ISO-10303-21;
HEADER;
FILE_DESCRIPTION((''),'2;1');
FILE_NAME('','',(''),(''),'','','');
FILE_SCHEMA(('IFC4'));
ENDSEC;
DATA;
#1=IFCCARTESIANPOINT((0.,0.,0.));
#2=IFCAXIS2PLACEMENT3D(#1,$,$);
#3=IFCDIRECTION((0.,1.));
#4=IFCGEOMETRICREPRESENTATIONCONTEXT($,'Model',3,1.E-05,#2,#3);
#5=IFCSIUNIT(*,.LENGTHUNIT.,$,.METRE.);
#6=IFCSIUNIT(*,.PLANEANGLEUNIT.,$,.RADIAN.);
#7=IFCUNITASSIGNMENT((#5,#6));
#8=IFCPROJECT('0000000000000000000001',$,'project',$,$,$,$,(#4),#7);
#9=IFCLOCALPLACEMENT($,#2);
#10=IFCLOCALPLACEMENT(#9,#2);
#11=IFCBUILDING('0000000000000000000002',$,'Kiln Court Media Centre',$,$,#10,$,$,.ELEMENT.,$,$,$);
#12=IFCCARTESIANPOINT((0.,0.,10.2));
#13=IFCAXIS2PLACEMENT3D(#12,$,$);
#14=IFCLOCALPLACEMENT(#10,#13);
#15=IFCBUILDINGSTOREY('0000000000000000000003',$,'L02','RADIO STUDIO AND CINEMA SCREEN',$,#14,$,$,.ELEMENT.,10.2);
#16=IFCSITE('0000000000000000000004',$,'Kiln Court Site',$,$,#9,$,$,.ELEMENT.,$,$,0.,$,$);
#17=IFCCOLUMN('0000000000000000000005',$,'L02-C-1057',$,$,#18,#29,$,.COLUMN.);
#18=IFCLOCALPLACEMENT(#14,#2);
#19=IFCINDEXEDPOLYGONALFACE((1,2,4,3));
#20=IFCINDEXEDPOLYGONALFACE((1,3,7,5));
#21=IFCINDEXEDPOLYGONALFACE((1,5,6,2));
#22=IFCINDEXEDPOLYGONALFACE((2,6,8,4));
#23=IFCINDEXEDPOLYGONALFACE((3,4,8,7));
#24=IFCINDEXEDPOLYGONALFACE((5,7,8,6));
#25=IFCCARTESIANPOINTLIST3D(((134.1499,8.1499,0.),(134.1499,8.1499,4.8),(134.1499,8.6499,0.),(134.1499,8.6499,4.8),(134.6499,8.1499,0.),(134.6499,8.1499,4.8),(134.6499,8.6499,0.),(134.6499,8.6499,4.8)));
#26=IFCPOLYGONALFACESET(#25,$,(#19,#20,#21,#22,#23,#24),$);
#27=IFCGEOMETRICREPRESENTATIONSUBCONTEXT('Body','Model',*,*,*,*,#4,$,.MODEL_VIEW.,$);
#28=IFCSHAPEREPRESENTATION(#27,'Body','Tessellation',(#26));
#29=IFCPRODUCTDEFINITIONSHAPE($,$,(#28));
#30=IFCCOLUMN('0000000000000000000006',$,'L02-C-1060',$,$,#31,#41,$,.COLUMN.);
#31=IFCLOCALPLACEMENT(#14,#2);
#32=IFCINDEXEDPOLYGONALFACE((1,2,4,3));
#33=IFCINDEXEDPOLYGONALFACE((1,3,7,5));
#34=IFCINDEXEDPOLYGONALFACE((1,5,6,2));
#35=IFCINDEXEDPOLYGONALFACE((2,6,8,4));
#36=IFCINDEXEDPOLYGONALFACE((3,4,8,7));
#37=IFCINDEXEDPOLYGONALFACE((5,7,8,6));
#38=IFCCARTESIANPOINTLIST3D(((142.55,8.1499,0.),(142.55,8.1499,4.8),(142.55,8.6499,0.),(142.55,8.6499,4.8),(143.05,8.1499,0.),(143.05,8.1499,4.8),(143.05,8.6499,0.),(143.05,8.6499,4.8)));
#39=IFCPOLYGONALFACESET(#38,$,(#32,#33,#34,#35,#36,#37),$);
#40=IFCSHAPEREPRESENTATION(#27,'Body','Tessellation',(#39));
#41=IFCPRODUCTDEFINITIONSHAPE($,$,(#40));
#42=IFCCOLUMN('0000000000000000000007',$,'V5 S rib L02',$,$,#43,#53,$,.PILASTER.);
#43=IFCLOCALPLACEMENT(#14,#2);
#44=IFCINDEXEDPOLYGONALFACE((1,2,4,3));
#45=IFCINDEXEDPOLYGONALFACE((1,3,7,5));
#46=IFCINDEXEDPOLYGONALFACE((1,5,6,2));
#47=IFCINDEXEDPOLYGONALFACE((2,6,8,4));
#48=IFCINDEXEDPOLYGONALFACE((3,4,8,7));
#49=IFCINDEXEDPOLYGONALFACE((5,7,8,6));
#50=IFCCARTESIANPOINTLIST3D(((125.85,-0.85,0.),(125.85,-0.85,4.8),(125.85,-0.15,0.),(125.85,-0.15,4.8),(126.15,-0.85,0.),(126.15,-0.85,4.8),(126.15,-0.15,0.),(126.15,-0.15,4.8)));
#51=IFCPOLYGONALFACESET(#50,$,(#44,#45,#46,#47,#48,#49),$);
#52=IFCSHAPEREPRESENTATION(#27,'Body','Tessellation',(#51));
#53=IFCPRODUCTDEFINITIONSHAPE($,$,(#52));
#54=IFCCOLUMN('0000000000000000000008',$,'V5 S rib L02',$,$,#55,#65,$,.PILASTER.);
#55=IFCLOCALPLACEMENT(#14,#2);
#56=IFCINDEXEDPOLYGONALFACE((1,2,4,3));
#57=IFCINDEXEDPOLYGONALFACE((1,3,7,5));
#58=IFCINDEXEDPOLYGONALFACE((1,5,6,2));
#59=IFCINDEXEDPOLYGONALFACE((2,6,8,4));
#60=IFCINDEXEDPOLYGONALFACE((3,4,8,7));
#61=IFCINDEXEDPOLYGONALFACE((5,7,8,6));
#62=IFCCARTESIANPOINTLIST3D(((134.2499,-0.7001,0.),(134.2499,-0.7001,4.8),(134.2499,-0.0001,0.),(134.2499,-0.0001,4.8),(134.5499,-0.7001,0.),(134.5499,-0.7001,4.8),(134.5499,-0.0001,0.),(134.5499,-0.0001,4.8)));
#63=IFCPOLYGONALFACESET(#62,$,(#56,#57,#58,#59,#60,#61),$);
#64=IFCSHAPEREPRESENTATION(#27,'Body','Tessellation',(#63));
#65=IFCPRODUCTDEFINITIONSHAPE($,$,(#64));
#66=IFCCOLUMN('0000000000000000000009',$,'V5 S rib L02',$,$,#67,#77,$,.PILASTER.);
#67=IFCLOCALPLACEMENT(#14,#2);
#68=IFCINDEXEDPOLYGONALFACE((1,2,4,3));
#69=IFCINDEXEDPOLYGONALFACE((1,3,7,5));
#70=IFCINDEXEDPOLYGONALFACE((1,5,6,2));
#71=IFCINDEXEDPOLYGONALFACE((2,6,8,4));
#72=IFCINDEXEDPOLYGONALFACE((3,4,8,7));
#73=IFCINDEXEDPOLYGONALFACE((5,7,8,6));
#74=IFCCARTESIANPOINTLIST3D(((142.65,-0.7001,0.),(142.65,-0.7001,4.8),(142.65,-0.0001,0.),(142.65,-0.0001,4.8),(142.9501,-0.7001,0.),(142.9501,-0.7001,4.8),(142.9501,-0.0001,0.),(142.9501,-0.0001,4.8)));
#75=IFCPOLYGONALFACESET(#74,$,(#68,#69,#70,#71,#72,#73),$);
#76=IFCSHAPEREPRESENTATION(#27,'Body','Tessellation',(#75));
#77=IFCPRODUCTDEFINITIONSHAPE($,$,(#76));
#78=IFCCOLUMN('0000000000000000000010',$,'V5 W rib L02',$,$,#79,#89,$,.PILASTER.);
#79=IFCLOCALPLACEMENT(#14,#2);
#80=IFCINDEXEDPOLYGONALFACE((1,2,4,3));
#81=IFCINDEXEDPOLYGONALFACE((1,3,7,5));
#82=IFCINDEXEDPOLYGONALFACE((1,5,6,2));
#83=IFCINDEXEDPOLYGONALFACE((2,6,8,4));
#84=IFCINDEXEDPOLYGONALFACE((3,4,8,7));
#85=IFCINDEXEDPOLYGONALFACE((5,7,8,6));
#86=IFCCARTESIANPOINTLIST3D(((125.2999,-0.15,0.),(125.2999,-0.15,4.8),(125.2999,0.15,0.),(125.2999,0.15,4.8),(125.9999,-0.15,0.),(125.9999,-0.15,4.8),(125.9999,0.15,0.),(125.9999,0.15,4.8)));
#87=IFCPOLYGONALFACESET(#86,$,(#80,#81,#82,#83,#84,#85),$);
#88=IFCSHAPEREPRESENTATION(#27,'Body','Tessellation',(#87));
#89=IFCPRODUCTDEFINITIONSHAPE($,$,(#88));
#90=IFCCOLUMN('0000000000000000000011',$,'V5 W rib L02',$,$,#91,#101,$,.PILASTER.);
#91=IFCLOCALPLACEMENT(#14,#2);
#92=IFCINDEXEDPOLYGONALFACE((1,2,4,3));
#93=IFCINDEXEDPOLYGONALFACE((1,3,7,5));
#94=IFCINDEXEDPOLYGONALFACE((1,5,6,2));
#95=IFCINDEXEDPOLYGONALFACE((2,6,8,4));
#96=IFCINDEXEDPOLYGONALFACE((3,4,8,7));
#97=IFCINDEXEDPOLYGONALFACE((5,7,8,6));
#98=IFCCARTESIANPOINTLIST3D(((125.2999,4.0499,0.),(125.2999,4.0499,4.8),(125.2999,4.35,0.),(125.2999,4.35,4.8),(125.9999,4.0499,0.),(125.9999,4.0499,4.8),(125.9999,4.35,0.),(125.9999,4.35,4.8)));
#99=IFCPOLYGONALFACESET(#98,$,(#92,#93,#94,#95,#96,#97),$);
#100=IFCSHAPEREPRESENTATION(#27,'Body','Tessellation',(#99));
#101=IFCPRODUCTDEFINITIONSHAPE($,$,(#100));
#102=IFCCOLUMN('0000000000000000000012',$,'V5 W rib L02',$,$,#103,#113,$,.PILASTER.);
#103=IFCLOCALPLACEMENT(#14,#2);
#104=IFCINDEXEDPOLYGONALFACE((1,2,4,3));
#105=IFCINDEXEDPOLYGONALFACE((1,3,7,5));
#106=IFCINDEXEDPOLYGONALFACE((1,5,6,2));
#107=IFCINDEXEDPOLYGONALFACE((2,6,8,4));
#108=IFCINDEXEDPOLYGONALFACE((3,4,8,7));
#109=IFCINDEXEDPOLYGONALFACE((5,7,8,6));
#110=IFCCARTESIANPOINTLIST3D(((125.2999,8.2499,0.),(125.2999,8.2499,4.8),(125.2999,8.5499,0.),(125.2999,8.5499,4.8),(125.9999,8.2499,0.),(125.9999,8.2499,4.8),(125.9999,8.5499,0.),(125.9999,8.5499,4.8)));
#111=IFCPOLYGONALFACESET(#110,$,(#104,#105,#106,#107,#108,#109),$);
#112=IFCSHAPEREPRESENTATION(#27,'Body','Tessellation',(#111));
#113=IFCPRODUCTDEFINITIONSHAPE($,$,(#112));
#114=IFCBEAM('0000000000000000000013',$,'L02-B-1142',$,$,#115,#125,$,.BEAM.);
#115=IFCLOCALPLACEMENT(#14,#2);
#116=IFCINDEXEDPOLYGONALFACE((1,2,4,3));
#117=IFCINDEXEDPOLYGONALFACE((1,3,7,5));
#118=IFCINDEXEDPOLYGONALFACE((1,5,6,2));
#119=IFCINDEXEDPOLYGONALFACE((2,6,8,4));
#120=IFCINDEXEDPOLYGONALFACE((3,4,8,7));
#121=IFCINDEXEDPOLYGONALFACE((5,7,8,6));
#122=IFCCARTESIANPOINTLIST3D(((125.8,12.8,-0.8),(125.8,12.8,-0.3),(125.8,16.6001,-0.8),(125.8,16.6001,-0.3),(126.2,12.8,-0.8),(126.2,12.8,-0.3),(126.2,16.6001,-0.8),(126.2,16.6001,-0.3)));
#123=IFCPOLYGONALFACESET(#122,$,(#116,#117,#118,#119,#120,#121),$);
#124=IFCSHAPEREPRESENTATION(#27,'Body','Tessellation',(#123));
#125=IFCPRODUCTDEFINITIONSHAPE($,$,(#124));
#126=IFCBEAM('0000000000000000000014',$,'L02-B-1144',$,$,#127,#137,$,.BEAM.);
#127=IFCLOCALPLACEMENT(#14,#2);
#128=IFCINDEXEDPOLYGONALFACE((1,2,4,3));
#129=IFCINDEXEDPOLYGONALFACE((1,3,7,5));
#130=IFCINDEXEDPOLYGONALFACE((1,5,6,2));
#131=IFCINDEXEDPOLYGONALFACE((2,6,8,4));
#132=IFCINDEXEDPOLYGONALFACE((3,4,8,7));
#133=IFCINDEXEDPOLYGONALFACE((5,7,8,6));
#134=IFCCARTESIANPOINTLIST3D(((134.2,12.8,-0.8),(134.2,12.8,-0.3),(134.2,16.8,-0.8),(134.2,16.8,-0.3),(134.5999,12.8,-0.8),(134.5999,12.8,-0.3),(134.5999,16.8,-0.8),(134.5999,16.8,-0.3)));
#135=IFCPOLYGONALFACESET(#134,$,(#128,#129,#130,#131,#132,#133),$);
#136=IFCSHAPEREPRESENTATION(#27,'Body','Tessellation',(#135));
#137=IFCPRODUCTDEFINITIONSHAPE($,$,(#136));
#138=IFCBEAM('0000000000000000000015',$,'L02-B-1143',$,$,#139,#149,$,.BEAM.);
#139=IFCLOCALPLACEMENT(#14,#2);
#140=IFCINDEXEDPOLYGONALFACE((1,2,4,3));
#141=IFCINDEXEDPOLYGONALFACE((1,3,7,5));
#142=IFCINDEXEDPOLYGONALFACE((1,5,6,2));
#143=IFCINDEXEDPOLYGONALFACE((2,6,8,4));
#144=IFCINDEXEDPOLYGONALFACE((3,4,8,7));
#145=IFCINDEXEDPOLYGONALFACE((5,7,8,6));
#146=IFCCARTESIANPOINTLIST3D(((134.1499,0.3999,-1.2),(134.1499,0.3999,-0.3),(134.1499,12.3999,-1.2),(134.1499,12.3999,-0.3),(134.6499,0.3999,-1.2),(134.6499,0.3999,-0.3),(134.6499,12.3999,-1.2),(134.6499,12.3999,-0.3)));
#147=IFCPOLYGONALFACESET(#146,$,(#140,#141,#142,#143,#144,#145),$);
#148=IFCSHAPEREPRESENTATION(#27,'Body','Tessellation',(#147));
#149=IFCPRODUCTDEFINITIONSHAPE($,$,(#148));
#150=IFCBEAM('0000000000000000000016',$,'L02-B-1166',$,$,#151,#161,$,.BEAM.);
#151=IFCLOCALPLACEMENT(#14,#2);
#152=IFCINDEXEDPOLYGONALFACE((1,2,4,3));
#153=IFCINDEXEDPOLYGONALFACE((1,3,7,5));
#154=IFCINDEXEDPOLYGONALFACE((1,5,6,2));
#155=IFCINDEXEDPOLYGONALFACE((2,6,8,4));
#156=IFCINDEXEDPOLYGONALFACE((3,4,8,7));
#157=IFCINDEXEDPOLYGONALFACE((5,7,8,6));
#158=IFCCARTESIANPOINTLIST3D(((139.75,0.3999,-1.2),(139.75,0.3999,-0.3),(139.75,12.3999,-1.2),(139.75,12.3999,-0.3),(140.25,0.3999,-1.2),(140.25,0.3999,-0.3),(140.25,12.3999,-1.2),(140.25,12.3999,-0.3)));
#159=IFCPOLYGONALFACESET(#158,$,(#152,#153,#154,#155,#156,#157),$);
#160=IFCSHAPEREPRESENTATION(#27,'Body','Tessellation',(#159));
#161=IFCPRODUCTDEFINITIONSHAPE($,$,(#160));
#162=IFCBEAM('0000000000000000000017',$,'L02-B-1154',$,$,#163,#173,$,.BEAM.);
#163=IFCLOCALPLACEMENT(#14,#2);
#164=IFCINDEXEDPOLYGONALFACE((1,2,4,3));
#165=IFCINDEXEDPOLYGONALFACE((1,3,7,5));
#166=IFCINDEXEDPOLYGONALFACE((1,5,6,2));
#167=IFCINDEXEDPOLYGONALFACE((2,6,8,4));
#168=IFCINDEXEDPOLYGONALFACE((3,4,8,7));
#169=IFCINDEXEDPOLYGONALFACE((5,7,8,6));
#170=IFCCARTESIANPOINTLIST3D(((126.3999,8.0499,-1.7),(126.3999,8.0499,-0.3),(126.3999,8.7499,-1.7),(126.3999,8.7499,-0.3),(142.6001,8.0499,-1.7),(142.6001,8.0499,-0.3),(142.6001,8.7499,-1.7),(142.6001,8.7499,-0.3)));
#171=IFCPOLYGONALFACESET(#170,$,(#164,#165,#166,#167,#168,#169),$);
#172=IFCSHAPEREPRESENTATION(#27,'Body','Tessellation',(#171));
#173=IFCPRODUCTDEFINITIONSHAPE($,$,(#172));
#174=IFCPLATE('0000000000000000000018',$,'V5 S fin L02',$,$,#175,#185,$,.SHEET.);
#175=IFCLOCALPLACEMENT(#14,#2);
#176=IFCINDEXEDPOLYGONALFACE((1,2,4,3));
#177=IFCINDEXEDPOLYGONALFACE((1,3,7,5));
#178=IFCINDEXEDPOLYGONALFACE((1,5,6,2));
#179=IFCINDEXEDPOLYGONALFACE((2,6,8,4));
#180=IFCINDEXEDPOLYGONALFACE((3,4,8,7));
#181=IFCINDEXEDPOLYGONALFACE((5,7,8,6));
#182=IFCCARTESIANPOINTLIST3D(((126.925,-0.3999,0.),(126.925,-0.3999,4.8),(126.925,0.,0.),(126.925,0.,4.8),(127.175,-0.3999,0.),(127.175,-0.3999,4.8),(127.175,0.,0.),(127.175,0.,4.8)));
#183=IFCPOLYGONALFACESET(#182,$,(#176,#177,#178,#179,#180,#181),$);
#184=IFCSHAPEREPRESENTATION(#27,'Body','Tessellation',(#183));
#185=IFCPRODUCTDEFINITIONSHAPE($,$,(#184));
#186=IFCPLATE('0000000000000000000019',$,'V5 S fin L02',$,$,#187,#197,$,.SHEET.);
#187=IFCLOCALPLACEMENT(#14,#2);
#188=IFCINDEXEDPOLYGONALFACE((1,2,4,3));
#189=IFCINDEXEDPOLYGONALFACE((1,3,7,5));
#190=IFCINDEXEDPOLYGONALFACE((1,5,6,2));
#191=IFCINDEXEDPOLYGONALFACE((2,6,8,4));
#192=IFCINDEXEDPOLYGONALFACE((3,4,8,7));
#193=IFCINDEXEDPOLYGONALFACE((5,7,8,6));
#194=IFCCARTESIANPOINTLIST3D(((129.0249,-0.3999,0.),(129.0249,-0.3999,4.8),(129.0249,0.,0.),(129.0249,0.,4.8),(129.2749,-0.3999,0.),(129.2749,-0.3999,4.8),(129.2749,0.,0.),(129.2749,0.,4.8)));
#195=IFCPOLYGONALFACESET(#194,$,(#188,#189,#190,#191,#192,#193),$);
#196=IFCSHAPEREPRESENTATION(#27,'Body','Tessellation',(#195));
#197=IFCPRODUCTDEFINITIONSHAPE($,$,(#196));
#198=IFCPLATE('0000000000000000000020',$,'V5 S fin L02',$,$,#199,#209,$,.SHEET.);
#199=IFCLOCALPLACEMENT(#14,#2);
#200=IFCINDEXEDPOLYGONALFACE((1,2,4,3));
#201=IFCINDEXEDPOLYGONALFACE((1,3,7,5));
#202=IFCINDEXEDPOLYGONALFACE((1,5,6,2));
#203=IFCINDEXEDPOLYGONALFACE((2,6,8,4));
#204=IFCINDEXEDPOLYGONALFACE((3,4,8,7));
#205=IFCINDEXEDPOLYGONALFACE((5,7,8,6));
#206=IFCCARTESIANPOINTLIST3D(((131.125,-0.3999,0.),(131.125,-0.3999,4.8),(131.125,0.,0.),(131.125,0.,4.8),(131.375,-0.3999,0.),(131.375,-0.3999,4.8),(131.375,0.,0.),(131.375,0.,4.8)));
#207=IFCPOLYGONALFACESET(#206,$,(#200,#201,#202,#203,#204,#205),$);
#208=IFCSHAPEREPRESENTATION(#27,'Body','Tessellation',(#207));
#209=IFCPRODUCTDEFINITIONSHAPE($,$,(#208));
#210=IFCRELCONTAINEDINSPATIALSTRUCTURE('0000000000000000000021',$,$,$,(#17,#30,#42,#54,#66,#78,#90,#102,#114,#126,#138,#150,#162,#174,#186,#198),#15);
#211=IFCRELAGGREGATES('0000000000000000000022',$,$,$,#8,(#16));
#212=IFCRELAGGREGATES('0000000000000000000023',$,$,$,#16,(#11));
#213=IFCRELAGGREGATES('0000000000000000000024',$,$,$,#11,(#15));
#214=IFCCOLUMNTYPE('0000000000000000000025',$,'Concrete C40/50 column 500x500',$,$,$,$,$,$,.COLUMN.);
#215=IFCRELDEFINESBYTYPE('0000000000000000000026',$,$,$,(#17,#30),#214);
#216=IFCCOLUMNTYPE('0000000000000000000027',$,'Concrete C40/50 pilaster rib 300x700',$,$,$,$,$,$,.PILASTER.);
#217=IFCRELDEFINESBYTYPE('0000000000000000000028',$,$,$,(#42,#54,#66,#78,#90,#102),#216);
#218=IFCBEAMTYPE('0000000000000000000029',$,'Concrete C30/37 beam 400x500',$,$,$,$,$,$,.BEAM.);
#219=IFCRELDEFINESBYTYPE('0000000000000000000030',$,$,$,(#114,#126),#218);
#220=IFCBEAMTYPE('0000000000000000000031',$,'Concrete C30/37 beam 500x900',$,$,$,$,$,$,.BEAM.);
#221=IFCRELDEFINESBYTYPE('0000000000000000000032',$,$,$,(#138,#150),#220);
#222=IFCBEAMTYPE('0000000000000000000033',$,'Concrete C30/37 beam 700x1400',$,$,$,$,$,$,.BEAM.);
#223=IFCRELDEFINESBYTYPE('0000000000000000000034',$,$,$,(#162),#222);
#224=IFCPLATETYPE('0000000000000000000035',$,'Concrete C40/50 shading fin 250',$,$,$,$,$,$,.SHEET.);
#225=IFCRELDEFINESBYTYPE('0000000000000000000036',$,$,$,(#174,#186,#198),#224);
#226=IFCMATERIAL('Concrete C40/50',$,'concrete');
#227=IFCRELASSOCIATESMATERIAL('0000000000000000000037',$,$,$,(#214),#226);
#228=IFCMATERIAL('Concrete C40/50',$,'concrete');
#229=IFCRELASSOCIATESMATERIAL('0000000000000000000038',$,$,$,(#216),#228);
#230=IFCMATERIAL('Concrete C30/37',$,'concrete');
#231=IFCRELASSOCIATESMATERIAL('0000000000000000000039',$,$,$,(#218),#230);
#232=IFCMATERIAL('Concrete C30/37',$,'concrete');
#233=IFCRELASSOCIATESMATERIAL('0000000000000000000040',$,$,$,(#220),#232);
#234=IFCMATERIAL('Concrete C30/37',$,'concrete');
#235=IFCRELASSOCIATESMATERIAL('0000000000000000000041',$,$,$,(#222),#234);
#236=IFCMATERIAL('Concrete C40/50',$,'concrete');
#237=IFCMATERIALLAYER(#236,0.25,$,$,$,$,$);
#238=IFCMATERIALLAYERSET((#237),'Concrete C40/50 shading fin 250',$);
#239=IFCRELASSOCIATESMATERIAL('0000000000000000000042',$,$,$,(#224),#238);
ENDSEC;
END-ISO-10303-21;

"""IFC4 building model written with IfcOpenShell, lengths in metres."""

from ifc_helpers import new_model, si_unit, direction, frame, origin, origin_2d, place, context, subcontext, project, spatial, rectangle, extrude, material, layer, layer_set, material_profile, profile_set, type_object, element, save


model = new_model("IFC4")

# Units and contexts
model_context = context("Model", 3, precision=1e-05, world=origin(), true_north=direction((0.0, 1.0)))
body_context = subcontext(model_context, "Body", "Model", "MODEL_VIEW")
ifc_project = project(units=[si_unit("LENGTHUNIT", "METRE"), si_unit("PLANEANGLEUNIT", "RADIAN")], contexts=[model_context])

# Site, building, storey
site_placement = place(None, origin())
site = spatial("IfcSite", under=ifc_project, at=site_placement, Name="Kiln Court Site", CompositionType="ELEMENT", RefElevation=0.0)
building_placement = place(site_placement, origin())
building = spatial("IfcBuilding", under=site, at=building_placement, Name="Kiln Court Media Centre", CompositionType="ELEMENT")
storey_placement = place(building_placement, frame((0.0, 0.0, 10.2)))
storey = spatial("IfcBuildingStorey", under=building, at=storey_placement, Name="L02", Description="RADIO STUDIO AND CINEMA SCREEN", CompositionType="ELEMENT", Elevation=10.2)

# Columns
ifc_material_1 = material(Name="Concrete C40/50", Category="concrete")
ifc_material_profile_1 = material_profile(ifc_material_1, rectangle(XDim=0.5, YDim=0.5, at=origin_2d()), Name="RC 500x500")
ifc_profile_set_1 = profile_set([ifc_material_profile_1], Name="Concrete C40/50")
column_type_1 = type_object("IfcColumnType", Name="Concrete C40/50 column 500x500", PredefinedType="COLUMN", material=ifc_profile_set_1)
for number, where, z_axis, x_axis, name in (
    (1, (134.3999, 8.3999, 0.0), (0.0, 0.0, 1.0), (1.0, 0.0, 0.0), "L02-C-1057"),
    (2, (142.8, 8.3999, 0.0), (0.0, 0.0, 1.0), (1.0, 0.0, 0.0), "L02-C-1060"),
):
    element("IfcColumn", number, at=place(storey_placement, frame(where, z_axis=z_axis, x_axis=x_axis)), inside=storey, type_object=column_type_1, Name=name, PredefinedType="COLUMN", context=body_context, shape_type="SweptSolid", body=[
        extrude(rectangle(XDim=0.5, YDim=0.5, at=origin_2d()), origin(), (0.0, 0.0, 1.0), 4.8),
    ])
ifc_material_2 = material(Name="Concrete C40/50", Category="concrete")
ifc_material_profile_2 = material_profile(ifc_material_2, rectangle(XDim=0.3, YDim=0.7, at=origin_2d()), Name="RC 300x700")
ifc_profile_set_2 = profile_set([ifc_material_profile_2], Name="Concrete C40/50")
column_type_2 = type_object("IfcColumnType", Name="Concrete C40/50 pilaster rib 300x700", PredefinedType="PILASTER", material=ifc_profile_set_2)
for number, where, z_axis, x_axis, name in (
    (3, (126.0, -0.5, 0.0), (0.0, 0.0, 1.0), (1.0, 0.0, 0.0), "V5 S rib L02"),
    (4, (134.3999, -0.3501, 0.0), (0.0, 0.0, 1.0), (1.0, 0.0, 0.0), "V5 S rib L02"),
    (5, (142.8, -0.3501, 0.0), (0.0, 0.0, 1.0), (1.0, 0.0, 0.0), "V5 S rib L02"),
    (6, (125.6499, 0.0, 0.0), (0.0, 0.0, 1.0), (0.0, 1.0, 0.0), "V5 W rib L02"),
    (7, (125.6499, 4.2, 0.0), (0.0, 0.0, 1.0), (0.0, 1.0, 0.0), "V5 W rib L02"),
    (8, (125.6499, 8.3999, 0.0), (0.0, 0.0, 1.0), (0.0, 1.0, 0.0), "V5 W rib L02"),
):
    element("IfcColumn", number, at=place(storey_placement, frame(where, z_axis=z_axis, x_axis=x_axis)), inside=storey, type_object=column_type_2, Name=name, PredefinedType="PILASTER", context=body_context, shape_type="SweptSolid", body=[
        extrude(rectangle(XDim=0.3, YDim=0.7, at=origin_2d()), origin(), (0.0, 0.0, 1.0), 4.8),
    ])

# Beams
ifc_material_3 = material(Name="Concrete C30/37", Category="concrete")
ifc_material_profile_3 = material_profile(ifc_material_3, rectangle(XDim=0.3999, YDim=0.5, at=origin_2d()), Name="RC 400x500")
ifc_profile_set_3 = profile_set([ifc_material_profile_3], Name="Concrete C30/37")
beam_type_1 = type_object("IfcBeamType", Name="Concrete C30/37 beam 400x500", PredefinedType="BEAM", material=ifc_profile_set_3)
beam_1_placement = place(storey_placement, frame((126.0, 12.8, -0.55), z_axis=(0.0, 1.0, 0.0), x_axis=(-1.0, 0.0, 0.0)))
element("IfcBeam", 9, at=beam_1_placement, inside=storey, type_object=beam_type_1, Name="L02-B-1142", PredefinedType="BEAM", context=body_context, shape_type="SweptSolid", body=[
    extrude(rectangle(XDim=0.3999, YDim=0.5, at=origin_2d()), origin(), (0.0, 0.0, 1.0), 3.8),
])
beam_2_placement = place(storey_placement, frame((134.3999, 12.8, -0.55), z_axis=(0.0, 1.0, 0.0), x_axis=(-1.0, 0.0, 0.0)))
element("IfcBeam", 10, at=beam_2_placement, inside=storey, type_object=beam_type_1, Name="L02-B-1144", PredefinedType="BEAM", context=body_context, shape_type="SweptSolid", body=[
    extrude(rectangle(XDim=0.3999, YDim=0.5, at=origin_2d()), origin(), (0.0, 0.0, 1.0), 4.0),
])
ifc_material_4 = material(Name="Concrete C30/37", Category="concrete")
ifc_material_profile_4 = material_profile(ifc_material_4, rectangle(XDim=0.5, YDim=0.8999, at=origin_2d()), Name="RC 500x900")
ifc_profile_set_4 = profile_set([ifc_material_profile_4], Name="Concrete C30/37")
beam_type_2 = type_object("IfcBeamType", Name="Concrete C30/37 beam 500x900", PredefinedType="BEAM", material=ifc_profile_set_4)
for number, where, z_axis, x_axis, name in (
    (11, (134.3999, 0.3999, -0.75), (0.0, 1.0, 0.0), (-1.0, 0.0, 0.0), "L02-B-1143"),
    (12, (140.0, 12.3999, -0.75), (0.0, -1.0, 0.0), (1.0, 0.0, 0.0), "L02-B-1166"),
):
    element("IfcBeam", number, at=place(storey_placement, frame(where, z_axis=z_axis, x_axis=x_axis)), inside=storey, type_object=beam_type_2, Name=name, PredefinedType="BEAM", context=body_context, shape_type="SweptSolid", body=[
        extrude(rectangle(XDim=0.5, YDim=0.8999, at=origin_2d()), origin(), (0.0, 0.0, 1.0), 12.0),
    ])
ifc_material_5 = material(Name="Concrete C30/37", Category="concrete")
ifc_material_profile_5 = material_profile(ifc_material_5, rectangle(XDim=0.7, YDim=1.3999, at=origin_2d()), Name="RC 700x1400")
ifc_profile_set_5 = profile_set([ifc_material_profile_5], Name="Concrete C30/37")
beam_type_3 = type_object("IfcBeamType", Name="Concrete C30/37 beam 700x1400", PredefinedType="BEAM", material=ifc_profile_set_5)
beam_3_placement = place(storey_placement, frame((126.3999, 8.3999, -1.0), z_axis=(1.0, 0.0, 0.0), x_axis=(0.0, 1.0, 0.0)))
element("IfcBeam", 13, at=beam_3_placement, inside=storey, type_object=beam_type_3, Name="L02-B-1154", PredefinedType="BEAM", context=body_context, shape_type="SweptSolid", body=[
    extrude(rectangle(XDim=0.7, YDim=1.3999, at=origin_2d()), origin(), (0.0, 0.0, 1.0), 16.2002),
])

# Plates
ifc_material_6 = material(Name="Concrete C40/50", Category="concrete")
ifc_layer_1 = layer(ifc_material_6, 0.25)
ifc_layer_set_1 = layer_set([ifc_layer_1], Name="Concrete C40/50 shading fin 250")
plate_type = type_object("IfcPlateType", Name="Concrete C40/50 shading fin 250", PredefinedType="SHEET", material=ifc_layer_set_1)
for number, where, z_axis, x_axis, name in (
    (14, (127.05, -0.2, 0.0), (0.0, 0.0, 1.0), (1.0, 0.0, 0.0), "V5 S fin L02"),
    (15, (129.1499, -0.2, 0.0), (0.0, 0.0, 1.0), (1.0, 0.0, 0.0), "V5 S fin L02"),
    (16, (131.25, -0.2, 0.0), (0.0, 0.0, 1.0), (1.0, 0.0, 0.0), "V5 S fin L02"),
):
    element("IfcPlate", number, at=place(storey_placement, frame(where, z_axis=z_axis, x_axis=x_axis)), inside=storey, type_object=plate_type, Name=name, PredefinedType="SHEET", context=body_context, shape_type="SweptSolid", body=[
        extrude(rectangle(XDim=0.25, YDim=0.3999, at=origin_2d()), origin(), (0.0, 0.0, 1.0), 4.8),
    ])

save(model, "model.ifc")
